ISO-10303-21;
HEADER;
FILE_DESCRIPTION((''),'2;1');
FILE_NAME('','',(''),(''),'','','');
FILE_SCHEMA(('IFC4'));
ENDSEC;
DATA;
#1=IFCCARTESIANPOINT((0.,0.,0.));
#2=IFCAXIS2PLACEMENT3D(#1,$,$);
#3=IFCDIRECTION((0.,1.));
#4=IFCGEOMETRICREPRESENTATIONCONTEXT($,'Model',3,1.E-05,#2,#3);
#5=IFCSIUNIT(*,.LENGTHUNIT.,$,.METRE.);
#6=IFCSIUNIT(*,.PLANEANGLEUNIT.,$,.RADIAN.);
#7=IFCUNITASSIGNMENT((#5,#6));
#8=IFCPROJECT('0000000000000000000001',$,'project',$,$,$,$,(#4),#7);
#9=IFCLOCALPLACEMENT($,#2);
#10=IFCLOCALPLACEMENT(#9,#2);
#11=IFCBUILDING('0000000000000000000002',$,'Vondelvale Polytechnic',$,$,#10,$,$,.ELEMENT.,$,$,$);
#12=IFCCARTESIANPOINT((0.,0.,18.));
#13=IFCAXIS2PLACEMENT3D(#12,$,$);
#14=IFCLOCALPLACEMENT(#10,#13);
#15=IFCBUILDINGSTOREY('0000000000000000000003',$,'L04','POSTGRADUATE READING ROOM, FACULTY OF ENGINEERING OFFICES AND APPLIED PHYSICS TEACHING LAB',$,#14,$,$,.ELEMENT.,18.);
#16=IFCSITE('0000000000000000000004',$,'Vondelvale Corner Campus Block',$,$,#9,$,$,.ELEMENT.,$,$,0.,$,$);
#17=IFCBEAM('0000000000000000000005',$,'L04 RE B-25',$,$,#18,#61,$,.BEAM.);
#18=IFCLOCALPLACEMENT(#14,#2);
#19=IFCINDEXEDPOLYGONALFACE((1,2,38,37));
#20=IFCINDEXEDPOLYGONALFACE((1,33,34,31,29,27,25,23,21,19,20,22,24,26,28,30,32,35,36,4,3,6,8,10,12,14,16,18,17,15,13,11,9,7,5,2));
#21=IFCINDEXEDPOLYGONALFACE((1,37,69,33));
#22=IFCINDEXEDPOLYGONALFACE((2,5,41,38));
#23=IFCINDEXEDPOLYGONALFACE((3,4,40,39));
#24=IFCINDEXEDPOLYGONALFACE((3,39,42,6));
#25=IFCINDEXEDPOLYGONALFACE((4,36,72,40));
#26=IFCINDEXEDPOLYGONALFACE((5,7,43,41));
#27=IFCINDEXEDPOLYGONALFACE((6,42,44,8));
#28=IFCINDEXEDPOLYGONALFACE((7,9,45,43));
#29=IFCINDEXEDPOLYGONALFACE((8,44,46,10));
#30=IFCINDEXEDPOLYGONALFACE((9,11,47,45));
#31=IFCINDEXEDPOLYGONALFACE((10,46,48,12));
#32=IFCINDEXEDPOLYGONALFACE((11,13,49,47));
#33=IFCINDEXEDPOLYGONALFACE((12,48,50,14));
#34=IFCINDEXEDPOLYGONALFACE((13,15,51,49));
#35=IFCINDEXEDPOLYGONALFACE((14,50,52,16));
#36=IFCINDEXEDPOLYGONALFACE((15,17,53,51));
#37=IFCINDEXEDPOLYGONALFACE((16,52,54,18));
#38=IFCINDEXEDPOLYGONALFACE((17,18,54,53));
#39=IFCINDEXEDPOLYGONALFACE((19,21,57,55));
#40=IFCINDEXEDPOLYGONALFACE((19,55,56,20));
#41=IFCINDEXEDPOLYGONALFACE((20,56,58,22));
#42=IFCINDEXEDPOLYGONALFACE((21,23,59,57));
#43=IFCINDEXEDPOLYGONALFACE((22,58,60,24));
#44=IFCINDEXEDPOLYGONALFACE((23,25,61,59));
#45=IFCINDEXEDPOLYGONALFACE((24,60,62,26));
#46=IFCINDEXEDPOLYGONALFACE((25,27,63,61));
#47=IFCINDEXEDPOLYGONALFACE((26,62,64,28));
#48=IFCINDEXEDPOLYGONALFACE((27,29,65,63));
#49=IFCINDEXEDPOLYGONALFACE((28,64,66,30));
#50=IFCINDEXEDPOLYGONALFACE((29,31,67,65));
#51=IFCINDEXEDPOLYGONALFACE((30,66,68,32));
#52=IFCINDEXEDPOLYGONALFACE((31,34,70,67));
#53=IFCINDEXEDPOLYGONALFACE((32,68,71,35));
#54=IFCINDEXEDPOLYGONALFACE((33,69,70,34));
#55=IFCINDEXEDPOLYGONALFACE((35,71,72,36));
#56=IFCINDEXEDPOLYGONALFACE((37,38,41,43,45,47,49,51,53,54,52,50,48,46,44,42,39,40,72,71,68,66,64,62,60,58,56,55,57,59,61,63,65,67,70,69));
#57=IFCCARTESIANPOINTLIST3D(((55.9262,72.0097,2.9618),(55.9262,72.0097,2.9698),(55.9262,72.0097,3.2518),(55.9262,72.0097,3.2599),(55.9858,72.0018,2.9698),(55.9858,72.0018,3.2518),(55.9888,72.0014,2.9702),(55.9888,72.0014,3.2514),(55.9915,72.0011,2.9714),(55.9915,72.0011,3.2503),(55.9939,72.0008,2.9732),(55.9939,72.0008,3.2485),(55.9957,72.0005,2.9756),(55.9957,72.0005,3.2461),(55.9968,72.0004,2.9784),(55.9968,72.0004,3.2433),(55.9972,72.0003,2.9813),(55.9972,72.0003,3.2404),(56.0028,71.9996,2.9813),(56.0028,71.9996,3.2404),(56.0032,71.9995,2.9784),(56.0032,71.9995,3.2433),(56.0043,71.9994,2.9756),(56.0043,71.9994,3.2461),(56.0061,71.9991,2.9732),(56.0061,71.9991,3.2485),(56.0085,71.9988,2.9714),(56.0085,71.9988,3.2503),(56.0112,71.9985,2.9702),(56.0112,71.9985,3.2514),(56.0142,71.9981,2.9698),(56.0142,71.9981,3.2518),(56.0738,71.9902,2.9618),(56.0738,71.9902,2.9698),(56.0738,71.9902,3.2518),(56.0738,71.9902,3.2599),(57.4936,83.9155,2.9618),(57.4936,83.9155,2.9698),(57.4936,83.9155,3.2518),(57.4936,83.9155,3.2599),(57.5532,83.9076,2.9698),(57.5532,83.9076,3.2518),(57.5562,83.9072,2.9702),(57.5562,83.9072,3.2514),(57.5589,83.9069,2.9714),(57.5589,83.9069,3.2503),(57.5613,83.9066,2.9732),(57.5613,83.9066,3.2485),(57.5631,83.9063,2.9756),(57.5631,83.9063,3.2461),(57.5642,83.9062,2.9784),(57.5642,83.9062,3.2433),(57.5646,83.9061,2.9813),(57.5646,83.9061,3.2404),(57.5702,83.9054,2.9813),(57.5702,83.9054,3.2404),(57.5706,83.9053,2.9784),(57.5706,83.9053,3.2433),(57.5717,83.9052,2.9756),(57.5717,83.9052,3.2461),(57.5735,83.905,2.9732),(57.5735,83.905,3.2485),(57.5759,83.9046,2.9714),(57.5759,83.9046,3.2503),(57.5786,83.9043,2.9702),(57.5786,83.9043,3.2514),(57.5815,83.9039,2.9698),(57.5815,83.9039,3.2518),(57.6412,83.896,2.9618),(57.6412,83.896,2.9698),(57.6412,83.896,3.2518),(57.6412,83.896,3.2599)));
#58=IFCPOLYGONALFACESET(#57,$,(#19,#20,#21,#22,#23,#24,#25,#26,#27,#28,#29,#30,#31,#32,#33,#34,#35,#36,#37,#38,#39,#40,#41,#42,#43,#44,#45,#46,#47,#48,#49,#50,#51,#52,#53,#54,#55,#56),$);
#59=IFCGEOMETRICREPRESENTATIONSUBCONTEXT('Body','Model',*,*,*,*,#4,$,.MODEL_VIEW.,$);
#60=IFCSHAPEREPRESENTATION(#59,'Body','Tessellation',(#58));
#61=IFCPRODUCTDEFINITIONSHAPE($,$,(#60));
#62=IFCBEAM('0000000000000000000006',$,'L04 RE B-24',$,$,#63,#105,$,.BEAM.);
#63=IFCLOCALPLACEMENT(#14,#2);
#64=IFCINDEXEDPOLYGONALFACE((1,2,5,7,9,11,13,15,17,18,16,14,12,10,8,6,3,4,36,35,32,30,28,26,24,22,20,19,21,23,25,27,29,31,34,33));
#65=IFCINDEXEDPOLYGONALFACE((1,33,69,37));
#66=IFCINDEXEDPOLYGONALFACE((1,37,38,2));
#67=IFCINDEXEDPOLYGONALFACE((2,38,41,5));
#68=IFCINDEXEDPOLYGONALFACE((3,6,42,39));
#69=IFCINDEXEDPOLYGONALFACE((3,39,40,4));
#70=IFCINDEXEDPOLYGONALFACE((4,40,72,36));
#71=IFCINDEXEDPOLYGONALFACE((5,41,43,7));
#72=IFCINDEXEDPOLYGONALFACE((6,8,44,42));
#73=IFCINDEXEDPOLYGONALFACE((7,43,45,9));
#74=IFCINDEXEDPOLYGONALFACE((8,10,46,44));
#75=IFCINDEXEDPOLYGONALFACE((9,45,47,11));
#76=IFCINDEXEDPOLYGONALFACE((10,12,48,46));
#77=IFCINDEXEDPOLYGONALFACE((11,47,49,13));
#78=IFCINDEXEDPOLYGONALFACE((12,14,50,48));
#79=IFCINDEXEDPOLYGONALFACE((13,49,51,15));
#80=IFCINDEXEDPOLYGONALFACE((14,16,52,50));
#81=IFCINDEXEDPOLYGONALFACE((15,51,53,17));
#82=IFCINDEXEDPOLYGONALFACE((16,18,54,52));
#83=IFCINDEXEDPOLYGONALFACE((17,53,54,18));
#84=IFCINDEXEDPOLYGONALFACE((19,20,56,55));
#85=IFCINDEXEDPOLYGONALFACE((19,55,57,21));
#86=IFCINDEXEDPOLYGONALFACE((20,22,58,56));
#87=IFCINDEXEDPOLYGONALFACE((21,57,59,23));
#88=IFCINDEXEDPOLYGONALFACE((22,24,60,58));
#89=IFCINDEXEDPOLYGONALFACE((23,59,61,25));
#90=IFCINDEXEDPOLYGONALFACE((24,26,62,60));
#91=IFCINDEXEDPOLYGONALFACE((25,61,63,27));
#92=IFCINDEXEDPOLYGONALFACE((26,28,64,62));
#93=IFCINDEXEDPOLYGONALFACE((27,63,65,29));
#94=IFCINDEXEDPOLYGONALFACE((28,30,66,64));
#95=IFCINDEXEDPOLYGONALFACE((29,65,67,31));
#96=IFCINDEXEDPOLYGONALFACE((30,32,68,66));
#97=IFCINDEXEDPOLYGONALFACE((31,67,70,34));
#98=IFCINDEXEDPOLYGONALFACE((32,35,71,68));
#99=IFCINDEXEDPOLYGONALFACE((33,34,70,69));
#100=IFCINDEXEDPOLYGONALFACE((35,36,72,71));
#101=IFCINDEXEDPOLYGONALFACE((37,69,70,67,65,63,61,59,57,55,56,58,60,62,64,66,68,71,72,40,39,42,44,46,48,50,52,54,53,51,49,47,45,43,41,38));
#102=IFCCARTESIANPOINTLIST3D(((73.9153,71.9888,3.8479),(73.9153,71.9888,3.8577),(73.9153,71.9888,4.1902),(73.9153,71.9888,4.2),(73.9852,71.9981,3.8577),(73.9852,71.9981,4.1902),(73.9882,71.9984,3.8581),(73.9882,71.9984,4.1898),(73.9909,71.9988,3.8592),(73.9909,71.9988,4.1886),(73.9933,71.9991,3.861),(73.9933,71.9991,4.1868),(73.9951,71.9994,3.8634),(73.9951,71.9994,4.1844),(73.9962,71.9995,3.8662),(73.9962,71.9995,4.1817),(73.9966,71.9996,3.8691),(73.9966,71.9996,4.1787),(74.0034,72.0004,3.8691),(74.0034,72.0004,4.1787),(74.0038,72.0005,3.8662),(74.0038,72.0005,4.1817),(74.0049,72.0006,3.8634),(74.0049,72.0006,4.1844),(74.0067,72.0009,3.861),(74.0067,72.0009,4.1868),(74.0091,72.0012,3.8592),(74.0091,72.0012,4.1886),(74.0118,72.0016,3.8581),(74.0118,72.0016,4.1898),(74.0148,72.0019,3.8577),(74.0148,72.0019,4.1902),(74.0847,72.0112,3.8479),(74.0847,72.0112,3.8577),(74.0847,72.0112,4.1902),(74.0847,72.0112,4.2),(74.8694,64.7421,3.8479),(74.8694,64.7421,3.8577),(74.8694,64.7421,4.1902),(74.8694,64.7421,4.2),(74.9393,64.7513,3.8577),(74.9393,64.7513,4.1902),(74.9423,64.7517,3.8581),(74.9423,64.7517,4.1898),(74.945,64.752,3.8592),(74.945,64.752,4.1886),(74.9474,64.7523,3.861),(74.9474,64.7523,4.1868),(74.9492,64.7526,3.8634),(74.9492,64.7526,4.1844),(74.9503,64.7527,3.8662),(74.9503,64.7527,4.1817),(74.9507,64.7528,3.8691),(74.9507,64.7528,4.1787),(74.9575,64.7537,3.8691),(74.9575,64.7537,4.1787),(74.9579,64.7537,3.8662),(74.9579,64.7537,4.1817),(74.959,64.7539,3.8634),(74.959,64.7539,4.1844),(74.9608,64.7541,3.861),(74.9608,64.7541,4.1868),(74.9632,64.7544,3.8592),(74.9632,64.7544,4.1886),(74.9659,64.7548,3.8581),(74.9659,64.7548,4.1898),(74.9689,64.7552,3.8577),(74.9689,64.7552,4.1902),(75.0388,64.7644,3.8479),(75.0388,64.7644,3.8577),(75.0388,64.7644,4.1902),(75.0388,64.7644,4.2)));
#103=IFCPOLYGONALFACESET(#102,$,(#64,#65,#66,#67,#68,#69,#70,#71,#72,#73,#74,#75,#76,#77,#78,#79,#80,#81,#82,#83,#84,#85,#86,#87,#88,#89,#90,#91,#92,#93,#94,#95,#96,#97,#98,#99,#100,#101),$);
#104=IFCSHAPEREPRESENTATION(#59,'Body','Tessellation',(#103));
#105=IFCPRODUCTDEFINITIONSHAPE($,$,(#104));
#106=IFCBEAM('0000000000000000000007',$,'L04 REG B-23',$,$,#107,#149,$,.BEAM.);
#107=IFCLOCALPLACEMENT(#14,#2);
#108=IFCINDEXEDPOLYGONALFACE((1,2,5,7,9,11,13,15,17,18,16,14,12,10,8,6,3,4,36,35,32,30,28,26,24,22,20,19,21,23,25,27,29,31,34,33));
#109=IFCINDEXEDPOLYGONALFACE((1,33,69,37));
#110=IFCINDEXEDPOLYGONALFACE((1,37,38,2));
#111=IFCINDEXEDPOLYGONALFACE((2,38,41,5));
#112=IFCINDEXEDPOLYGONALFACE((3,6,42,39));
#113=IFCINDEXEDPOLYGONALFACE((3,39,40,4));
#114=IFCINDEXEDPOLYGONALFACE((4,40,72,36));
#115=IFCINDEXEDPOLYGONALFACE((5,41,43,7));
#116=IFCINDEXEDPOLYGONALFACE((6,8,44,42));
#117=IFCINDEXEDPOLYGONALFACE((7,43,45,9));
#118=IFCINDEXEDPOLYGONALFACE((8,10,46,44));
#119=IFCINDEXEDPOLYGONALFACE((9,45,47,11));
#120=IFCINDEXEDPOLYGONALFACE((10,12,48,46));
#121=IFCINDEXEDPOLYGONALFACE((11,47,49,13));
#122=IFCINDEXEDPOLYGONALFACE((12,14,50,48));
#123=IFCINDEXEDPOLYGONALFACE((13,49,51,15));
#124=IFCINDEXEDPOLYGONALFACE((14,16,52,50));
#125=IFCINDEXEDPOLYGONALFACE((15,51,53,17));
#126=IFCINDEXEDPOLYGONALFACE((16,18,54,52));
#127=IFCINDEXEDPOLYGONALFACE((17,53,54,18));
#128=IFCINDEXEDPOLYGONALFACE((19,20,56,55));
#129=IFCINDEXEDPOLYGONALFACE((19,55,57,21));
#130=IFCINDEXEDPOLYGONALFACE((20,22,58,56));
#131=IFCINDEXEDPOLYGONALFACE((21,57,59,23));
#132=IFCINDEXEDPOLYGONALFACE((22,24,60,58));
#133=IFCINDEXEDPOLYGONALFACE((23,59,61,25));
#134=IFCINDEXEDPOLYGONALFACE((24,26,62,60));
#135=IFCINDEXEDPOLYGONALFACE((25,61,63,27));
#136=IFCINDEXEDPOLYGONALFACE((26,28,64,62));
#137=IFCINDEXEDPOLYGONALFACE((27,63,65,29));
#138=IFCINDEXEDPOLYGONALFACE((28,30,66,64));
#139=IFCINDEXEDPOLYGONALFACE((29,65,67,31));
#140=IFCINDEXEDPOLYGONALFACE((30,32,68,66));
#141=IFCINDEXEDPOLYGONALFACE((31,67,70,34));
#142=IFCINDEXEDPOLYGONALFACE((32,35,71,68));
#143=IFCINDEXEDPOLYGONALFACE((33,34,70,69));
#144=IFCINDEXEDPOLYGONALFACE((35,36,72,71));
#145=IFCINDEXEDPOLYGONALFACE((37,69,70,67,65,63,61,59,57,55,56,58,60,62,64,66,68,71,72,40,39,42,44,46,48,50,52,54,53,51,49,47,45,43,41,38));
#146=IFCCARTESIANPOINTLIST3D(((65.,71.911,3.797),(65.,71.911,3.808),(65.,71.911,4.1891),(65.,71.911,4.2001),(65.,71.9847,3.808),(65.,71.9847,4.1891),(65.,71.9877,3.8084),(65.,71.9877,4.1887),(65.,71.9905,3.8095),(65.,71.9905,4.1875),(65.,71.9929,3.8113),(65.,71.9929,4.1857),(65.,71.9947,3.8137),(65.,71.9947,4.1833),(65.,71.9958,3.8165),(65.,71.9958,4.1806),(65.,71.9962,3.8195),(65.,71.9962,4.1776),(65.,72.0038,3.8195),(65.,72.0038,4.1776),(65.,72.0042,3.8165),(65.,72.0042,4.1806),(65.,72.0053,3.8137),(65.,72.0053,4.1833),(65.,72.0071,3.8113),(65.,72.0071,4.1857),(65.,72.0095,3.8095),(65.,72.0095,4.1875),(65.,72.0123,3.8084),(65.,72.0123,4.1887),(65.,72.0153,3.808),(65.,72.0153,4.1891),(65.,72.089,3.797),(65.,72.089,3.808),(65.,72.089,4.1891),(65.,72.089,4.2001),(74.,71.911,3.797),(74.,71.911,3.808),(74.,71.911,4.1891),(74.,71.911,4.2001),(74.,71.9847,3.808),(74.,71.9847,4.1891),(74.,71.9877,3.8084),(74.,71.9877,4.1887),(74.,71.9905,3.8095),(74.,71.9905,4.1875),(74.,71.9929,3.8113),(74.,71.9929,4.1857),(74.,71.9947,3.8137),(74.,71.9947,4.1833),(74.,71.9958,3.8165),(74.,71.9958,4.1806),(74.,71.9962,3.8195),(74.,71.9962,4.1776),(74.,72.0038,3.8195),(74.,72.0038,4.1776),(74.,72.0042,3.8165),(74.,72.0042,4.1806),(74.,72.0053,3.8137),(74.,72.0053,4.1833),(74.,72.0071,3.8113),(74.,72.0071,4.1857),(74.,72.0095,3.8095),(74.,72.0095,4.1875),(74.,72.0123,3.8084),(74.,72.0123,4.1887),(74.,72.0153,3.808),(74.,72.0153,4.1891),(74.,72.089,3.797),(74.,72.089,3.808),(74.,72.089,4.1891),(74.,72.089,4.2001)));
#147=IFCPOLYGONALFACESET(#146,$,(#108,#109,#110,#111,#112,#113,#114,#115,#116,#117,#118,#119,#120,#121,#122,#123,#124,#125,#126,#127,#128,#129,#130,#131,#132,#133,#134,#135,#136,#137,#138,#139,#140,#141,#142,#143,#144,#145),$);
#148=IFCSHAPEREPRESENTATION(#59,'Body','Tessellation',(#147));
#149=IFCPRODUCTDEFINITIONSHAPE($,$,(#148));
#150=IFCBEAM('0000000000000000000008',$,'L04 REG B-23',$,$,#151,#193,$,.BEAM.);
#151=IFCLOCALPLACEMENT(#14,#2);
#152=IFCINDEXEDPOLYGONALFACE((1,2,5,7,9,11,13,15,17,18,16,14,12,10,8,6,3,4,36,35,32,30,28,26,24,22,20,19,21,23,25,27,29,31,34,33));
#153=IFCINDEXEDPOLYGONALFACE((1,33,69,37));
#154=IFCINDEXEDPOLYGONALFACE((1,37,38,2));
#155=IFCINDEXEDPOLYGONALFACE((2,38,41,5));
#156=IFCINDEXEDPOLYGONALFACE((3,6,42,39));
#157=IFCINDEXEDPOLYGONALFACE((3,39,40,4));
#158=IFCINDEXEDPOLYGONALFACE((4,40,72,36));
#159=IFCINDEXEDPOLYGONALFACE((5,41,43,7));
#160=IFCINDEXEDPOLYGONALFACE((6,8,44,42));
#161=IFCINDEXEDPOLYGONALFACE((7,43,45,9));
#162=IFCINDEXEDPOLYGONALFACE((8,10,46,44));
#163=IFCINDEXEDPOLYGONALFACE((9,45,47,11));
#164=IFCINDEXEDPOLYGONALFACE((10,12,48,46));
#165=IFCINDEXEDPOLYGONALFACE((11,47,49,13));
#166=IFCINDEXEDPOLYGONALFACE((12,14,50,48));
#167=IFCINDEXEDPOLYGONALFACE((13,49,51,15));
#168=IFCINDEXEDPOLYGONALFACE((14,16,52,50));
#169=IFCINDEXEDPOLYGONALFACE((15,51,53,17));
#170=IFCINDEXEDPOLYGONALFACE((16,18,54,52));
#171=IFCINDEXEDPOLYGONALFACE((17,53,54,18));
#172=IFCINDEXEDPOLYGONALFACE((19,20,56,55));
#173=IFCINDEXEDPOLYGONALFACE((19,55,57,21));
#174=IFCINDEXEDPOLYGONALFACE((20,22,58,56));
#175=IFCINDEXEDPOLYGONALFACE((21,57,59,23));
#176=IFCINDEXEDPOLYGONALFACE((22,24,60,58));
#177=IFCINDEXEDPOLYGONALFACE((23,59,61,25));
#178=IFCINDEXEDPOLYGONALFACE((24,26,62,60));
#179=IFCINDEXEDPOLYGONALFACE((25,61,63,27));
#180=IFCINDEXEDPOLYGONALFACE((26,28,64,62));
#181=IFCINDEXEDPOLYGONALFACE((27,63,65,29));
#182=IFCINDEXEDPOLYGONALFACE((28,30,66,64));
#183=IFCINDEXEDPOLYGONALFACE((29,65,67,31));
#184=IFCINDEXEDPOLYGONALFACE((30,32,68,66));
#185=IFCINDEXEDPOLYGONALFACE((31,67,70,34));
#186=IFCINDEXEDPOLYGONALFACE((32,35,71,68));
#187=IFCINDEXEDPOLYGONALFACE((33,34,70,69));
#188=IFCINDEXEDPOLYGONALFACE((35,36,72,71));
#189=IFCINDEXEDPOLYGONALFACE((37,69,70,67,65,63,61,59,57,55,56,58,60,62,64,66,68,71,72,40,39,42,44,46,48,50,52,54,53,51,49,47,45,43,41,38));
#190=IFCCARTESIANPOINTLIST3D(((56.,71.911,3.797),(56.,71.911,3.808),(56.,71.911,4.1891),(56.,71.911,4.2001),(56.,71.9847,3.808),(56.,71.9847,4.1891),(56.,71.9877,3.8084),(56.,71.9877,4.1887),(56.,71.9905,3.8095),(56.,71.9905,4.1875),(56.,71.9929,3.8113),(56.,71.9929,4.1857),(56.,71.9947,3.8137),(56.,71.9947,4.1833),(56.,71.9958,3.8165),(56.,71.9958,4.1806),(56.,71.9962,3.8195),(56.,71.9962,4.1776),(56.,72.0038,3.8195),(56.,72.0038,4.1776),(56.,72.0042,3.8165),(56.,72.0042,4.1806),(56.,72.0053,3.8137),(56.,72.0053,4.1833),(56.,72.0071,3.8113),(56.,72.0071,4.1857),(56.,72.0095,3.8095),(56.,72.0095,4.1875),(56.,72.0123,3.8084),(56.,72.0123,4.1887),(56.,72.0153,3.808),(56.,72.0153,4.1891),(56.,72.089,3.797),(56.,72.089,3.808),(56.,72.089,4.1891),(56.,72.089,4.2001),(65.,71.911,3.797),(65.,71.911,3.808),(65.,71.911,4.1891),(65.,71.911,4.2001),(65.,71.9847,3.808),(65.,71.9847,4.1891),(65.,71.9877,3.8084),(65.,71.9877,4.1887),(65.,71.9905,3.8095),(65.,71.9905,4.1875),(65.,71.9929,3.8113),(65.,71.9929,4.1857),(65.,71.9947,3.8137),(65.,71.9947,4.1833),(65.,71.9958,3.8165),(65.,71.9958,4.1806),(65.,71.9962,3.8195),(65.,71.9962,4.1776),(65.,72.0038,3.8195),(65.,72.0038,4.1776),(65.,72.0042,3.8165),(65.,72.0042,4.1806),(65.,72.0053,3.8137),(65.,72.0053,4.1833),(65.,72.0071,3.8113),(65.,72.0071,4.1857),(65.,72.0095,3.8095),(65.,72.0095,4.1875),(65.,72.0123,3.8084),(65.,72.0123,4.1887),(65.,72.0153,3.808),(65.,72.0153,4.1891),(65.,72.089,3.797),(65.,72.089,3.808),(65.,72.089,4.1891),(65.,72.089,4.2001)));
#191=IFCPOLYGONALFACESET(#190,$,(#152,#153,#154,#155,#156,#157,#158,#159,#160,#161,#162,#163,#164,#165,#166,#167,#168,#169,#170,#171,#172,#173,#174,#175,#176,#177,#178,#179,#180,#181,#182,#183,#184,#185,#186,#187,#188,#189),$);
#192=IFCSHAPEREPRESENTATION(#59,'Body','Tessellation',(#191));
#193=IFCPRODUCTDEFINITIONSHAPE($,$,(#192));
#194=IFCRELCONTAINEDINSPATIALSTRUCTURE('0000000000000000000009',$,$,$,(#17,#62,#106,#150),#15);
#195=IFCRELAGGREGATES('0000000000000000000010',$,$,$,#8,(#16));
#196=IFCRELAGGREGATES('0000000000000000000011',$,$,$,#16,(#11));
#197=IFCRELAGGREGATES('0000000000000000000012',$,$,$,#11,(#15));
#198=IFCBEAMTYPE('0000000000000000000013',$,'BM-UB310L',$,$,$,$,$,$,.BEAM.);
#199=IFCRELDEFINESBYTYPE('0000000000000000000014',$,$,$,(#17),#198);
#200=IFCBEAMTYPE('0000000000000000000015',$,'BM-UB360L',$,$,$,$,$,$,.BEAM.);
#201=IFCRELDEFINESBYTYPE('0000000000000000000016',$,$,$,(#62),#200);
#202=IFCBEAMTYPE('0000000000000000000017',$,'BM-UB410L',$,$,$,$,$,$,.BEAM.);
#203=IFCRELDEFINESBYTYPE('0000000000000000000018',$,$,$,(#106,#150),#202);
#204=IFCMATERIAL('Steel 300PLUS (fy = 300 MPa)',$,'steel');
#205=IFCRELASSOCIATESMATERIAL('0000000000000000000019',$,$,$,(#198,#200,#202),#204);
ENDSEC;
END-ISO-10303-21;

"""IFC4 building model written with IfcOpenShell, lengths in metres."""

from ifc_helpers import new_model, si_unit, direction, frame, origin, origin_2d, place, context, subcontext, project, spatial, i_section, extrude, material, material_profile, profile_set, type_object, element, save


model = new_model("IFC4")

# Units and contexts
model_context = context("Model", 3, precision=1e-05, world=origin(), true_north=direction((0.0, 1.0)))
body_context = subcontext(model_context, "Body", "Model", "MODEL_VIEW")
ifc_project = project(units=[si_unit("LENGTHUNIT", "METRE"), si_unit("PLANEANGLEUNIT", "RADIAN")], contexts=[model_context])

# Site, building, storey
site_placement = place(None, origin())
site = spatial("IfcSite", under=ifc_project, at=site_placement, Name="Vondelvale Corner Campus Block", CompositionType="ELEMENT", RefElevation=0.0)
building_placement = place(site_placement, origin())
building = spatial("IfcBuilding", under=site, at=building_placement, Name="Vondelvale Polytechnic", CompositionType="ELEMENT")
storey_placement = place(building_placement, frame((0.0, 0.0, 18.0)))
storey = spatial("IfcBuildingStorey", under=building, at=storey_placement, Name="L04", Description="POSTGRADUATE READING ROOM, FACULTY OF ENGINEERING OFFICES AND APPLIED PHYSICS TEACHING LAB", CompositionType="ELEMENT", Elevation=18.0)

# Beams
ifc_material_1 = material(Name="Steel 300PLUS (fy = 300 MPa)", Category="steel")
ifc_material_profile_1 = material_profile(ifc_material_1, i_section(OverallWidth=0.1489, OverallDepth=0.2981, WebThickness=0.0056, FlangeThickness=0.0081, FilletRadius=0.0115, at=origin_2d()), Name="310UB32.0")
ifc_profile_set_1 = profile_set([ifc_material_profile_1], Name="Steel 300PLUS (fy = 300 MPa)")
beam_type_1 = type_object("IfcBeamType", Name="BM-UB310L", PredefinedType="BEAM", material=ifc_profile_set_1)
beam_1_placement = place(storey_placement, frame((57.5674, 83.9058, 3.1108), z_axis=(-0.130523, -0.991445, 0.0), x_axis=(0.991445, -0.130523, 0.0)))
element("IfcBeam", 1, at=beam_1_placement, inside=storey, type_object=beam_type_1, Name="L04 RE B-25", PredefinedType="BEAM", context=body_context, shape_type="SweptSolid", body=[
    extrude(i_section(OverallWidth=0.1489, OverallDepth=0.2981, WebThickness=0.0056, FlangeThickness=0.0081, FilletRadius=0.0115, at=origin_2d()), origin(), (0.0, 0.0, 1.0), 12.0085),
])
ifc_material_profile_2 = material_profile(ifc_material_1, i_section(OverallWidth=0.1709, OverallDepth=0.3521, WebThickness=0.0068, FlangeThickness=0.0098, FilletRadius=0.0115, at=origin_2d()), Name="360UB44.7")
ifc_profile_set_2 = profile_set([ifc_material_profile_2], Name="Steel 300PLUS (fy = 300 MPa)")
beam_type_2 = type_object("IfcBeamType", Name="BM-UB360L", PredefinedType="BEAM", material=ifc_profile_set_2)
beam_2_placement = place(storey_placement, frame((74.0, 72.0, 4.0239), z_axis=(0.130531, -0.991444, 0.0), x_axis=(0.991444, 0.130531, 0.0)))
element("IfcBeam", 2, at=beam_2_placement, inside=storey, type_object=beam_type_2, Name="L04 RE B-24", PredefinedType="BEAM", context=body_context, shape_type="SweptSolid", body=[
    extrude(i_section(OverallWidth=0.1709, OverallDepth=0.3521, WebThickness=0.0068, FlangeThickness=0.0098, FilletRadius=0.0115, at=origin_2d()), origin(), (0.0, 0.0, 1.0), 7.3093),
])
ifc_material_profile_3 = material_profile(ifc_material_1, i_section(OverallWidth=0.178, OverallDepth=0.4031, WebThickness=0.0076, FlangeThickness=0.011, FilletRadius=0.0115, at=origin_2d()), Name="410UB53.7")
ifc_profile_set_3 = profile_set([ifc_material_profile_3], Name="Steel 300PLUS (fy = 300 MPa)")
beam_type_3 = type_object("IfcBeamType", Name="BM-UB410L", PredefinedType="BEAM", material=ifc_profile_set_3)
for number, where, z_axis, x_axis, name in (
    (3, (74.0, 72.0, 3.9985), (-1.0, 0.0, 0.0), (0.0, -1.0, 0.0), "L04 REG B-23"),
    (4, (65.0, 72.0, 3.9985), (-1.0, 0.0, 0.0), (0.0, -1.0, 0.0), "L04 REG B-23"),
):
    element("IfcBeam", number, at=place(storey_placement, frame(where, z_axis=z_axis, x_axis=x_axis)), inside=storey, type_object=beam_type_3, Name=name, PredefinedType="BEAM", context=body_context, shape_type="SweptSolid", body=[
        extrude(i_section(OverallWidth=0.178, OverallDepth=0.4031, WebThickness=0.0076, FlangeThickness=0.011, FilletRadius=0.0115, at=origin_2d()), origin(), (0.0, 0.0, 1.0), 9.0),
    ])

save(model, "model.ifc")
